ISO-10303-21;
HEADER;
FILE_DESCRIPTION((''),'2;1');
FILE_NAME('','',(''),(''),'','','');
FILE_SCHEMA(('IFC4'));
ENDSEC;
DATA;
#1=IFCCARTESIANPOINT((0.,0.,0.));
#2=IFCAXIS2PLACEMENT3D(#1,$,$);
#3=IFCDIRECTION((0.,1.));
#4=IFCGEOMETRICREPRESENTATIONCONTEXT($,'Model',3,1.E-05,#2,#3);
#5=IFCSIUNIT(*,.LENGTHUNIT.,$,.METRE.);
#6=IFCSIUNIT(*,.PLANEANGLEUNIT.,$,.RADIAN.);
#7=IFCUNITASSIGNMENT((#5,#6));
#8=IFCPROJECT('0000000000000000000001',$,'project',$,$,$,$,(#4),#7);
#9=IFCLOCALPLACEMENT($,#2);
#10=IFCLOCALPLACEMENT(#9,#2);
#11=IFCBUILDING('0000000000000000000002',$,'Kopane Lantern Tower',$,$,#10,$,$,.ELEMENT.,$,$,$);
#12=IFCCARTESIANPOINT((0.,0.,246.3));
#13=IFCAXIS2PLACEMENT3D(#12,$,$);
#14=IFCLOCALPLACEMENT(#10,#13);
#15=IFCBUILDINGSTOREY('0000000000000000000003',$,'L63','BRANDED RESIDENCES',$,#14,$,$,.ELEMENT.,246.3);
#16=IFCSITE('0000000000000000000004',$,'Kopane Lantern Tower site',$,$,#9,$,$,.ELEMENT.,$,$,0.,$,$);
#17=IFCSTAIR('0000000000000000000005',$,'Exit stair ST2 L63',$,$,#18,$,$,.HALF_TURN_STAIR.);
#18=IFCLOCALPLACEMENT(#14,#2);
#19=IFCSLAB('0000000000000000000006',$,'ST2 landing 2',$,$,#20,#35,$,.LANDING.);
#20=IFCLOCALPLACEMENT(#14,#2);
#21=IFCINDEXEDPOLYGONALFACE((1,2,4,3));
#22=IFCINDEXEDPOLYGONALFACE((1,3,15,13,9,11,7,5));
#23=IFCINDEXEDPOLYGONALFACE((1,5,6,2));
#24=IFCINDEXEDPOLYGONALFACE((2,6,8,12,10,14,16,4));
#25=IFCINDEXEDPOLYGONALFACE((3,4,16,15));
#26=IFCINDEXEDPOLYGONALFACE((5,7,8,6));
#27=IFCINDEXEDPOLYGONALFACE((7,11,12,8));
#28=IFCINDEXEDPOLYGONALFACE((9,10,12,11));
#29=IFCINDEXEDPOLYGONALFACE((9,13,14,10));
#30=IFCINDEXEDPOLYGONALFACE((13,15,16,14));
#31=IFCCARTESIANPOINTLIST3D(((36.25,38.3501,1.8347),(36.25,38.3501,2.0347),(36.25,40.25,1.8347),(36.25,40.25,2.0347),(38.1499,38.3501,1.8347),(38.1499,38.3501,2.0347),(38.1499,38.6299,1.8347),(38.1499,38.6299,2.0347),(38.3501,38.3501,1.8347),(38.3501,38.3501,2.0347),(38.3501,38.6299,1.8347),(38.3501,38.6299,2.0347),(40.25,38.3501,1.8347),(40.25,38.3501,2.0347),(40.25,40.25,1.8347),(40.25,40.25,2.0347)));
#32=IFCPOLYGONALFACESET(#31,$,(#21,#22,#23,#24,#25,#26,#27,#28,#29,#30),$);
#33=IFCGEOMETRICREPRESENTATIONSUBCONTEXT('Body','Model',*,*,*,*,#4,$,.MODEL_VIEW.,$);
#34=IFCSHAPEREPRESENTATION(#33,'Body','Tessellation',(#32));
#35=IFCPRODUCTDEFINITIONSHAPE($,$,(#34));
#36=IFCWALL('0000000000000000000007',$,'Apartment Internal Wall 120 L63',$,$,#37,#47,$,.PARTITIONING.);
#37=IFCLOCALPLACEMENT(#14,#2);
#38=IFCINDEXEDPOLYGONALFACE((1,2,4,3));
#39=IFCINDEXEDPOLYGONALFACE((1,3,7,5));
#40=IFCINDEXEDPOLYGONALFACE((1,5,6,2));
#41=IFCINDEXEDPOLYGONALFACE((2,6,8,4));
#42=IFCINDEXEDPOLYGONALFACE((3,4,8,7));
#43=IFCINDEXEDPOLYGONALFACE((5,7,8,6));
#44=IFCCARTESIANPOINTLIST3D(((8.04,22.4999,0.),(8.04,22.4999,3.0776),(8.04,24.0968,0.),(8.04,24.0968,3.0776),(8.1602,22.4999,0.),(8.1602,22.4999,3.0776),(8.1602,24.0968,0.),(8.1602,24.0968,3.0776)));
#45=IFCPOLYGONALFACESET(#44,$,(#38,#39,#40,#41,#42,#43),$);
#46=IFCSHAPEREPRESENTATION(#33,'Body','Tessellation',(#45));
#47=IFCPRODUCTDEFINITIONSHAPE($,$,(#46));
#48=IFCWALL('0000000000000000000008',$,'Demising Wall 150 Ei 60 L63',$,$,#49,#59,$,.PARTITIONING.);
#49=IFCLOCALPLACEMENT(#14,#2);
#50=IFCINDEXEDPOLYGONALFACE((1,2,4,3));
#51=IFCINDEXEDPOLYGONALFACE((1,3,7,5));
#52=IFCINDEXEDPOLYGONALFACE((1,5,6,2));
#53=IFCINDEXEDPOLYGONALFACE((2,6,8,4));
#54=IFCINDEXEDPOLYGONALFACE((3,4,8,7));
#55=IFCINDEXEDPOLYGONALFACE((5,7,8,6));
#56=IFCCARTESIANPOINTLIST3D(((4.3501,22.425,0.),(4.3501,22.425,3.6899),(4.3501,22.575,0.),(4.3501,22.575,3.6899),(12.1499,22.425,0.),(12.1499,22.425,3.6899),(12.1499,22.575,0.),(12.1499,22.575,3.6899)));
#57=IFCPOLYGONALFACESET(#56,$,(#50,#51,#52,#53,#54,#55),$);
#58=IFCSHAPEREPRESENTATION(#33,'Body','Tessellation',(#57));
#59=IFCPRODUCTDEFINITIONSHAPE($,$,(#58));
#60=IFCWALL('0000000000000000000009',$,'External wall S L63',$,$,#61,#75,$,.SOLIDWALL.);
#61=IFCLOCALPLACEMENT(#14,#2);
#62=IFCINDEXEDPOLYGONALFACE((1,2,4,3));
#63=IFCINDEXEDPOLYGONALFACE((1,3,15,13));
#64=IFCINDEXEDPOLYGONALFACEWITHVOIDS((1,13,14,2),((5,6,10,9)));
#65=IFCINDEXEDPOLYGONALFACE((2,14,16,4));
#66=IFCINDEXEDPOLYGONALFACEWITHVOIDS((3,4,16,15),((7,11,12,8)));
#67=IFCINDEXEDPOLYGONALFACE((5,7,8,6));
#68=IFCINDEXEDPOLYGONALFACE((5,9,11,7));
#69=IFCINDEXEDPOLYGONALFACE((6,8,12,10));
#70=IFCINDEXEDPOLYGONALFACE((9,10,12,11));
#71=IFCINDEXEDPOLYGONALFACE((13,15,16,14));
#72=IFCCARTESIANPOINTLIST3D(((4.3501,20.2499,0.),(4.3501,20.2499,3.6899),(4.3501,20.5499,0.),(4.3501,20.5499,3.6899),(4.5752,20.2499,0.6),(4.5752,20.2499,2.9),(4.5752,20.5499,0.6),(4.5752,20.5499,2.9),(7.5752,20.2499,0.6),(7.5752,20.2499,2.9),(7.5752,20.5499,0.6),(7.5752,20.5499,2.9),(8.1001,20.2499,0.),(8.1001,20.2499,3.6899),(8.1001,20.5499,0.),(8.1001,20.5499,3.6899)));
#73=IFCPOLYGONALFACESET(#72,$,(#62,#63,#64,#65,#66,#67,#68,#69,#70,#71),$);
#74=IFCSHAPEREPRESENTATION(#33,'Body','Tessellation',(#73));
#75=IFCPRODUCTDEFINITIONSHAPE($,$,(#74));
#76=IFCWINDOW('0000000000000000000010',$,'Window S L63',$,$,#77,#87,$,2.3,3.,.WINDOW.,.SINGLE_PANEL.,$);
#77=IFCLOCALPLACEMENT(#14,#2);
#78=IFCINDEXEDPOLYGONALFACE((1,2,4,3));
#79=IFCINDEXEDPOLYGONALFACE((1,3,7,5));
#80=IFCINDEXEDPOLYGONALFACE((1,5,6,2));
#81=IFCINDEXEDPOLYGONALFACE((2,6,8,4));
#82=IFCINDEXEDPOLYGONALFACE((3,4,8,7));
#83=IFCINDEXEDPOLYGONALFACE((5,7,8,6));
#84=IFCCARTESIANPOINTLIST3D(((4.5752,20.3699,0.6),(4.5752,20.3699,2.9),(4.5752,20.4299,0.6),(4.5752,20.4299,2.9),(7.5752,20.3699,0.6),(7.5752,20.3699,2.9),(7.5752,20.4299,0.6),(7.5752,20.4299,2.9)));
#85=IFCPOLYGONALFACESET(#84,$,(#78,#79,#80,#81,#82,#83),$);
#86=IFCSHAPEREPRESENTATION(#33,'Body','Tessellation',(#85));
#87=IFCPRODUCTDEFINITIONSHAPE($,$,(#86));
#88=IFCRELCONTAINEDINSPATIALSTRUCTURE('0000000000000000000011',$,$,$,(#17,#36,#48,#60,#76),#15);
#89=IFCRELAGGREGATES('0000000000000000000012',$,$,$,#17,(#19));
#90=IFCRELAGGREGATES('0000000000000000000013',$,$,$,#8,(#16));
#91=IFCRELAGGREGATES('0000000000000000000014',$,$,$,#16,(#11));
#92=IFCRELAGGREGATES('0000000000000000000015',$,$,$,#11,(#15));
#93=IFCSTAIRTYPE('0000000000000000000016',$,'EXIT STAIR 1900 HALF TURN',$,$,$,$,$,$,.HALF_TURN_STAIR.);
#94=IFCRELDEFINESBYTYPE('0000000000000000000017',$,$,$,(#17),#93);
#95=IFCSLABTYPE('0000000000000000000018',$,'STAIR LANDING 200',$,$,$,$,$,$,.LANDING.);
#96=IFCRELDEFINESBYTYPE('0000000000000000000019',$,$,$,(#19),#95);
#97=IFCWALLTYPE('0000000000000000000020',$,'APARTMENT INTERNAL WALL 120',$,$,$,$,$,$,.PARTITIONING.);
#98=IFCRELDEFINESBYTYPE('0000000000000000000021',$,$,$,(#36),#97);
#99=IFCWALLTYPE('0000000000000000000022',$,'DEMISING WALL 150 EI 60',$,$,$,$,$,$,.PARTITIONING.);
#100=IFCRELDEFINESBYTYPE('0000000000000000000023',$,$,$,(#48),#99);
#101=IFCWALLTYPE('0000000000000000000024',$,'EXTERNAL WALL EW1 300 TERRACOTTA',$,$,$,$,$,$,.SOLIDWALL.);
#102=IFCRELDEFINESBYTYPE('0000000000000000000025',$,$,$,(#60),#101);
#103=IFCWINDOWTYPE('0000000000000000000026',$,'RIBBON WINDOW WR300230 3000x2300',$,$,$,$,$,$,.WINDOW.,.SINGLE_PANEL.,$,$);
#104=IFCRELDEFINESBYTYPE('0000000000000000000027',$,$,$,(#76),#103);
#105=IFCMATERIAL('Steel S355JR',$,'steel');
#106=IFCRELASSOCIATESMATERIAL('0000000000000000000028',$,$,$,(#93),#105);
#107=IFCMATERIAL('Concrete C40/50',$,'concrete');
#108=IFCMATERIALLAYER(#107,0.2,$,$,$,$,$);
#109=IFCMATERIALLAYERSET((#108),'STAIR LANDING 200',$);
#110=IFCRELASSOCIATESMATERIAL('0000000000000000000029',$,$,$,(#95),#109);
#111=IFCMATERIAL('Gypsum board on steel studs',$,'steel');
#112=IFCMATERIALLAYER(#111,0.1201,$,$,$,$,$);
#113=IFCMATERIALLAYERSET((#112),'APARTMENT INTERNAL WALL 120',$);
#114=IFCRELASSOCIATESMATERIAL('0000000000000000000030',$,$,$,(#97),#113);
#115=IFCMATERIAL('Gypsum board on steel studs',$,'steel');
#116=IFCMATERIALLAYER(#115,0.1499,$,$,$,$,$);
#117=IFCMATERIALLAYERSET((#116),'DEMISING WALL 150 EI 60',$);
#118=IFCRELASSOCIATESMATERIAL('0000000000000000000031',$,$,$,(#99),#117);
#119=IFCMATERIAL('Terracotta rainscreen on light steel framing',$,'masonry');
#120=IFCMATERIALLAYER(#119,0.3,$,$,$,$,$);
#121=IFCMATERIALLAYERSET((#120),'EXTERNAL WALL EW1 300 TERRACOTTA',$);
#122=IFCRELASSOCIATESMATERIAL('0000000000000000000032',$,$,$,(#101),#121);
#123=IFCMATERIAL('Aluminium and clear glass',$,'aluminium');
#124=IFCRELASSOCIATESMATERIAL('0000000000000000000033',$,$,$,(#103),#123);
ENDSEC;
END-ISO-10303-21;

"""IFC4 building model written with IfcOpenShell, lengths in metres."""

from ifc_helpers import new_model, si_unit, direction, frame, frame_2d, origin, place, context, subcontext, project, spatial, polyline, rectangle, outline, extrude, material, layer, layer_set, type_object, element, fill, aggregate, save


model = new_model("IFC4")

# Units and contexts
model_context = context("Model", 3, precision=1e-05, world=origin(), true_north=direction((0.0, 1.0)))
body_context = subcontext(model_context, "Body", "Model", "MODEL_VIEW")
ifc_project = project(units=[si_unit("LENGTHUNIT", "METRE"), si_unit("PLANEANGLEUNIT", "RADIAN")], contexts=[model_context])

# Site, building, storey
site_placement = place(None, origin())
site = spatial("IfcSite", under=ifc_project, at=site_placement, Name="Kopane Lantern Tower site", CompositionType="ELEMENT", RefElevation=0.0)
building_placement = place(site_placement, origin())
building = spatial("IfcBuilding", under=site, at=building_placement, Name="Kopane Lantern Tower", CompositionType="ELEMENT")
storey_placement = place(building_placement, frame((0.0, 0.0, 246.3)))
storey = spatial("IfcBuildingStorey", under=building, at=storey_placement, Name="L63", Description="BRANDED RESIDENCES", CompositionType="ELEMENT", Elevation=246.3)

# Stair, slab
ifc_material_1 = material(Name="Steel S355JR", Category="steel")
stair_type = type_object("IfcStairType", Name="EXIT STAIR 1900 HALF TURN", PredefinedType="HALF_TURN_STAIR", material=ifc_material_1)
ifc_material_2 = material(Name="Concrete C40/50", Category="concrete")
ifc_layer_1 = layer(ifc_material_2, 0.2)
ifc_layer_set_1 = layer_set([ifc_layer_1], Name="STAIR LANDING 200")
slab_type_1 = type_object("IfcSlabType", Name="STAIR LANDING 200", PredefinedType="LANDING", material=ifc_layer_set_1)
stair_1_placement = place(storey_placement, origin())
stair_1 = element("IfcStair", 1, at=stair_1_placement, inside=storey, type_object=stair_type, Name="Exit stair ST2 L63", PredefinedType="HALF_TURN_STAIR")
slab_1_placement = place(storey_placement, frame((0.0, 0.0, 1.8347)))
slab_1 = element("IfcSlab", 2, at=slab_1_placement, type_object=slab_type_1, Name="ST2 landing 2", PredefinedType="LANDING", context=body_context, shape_type="SweptSolid", body=[
    extrude(outline(polyline([(38.1499, 38.6299), (38.3501, 38.6299), (38.3501, 38.3501), (40.25, 38.3501), (40.25, 40.25), (36.25, 40.25), (36.25, 38.3501), (38.1499, 38.3501), (38.1499, 38.6299)])), origin(), (0.0, 0.0, 1.0), 0.2),
])
aggregate(stair_1, [slab_1])

# Walls
ifc_material_3 = material(Name="Gypsum board on steel studs", Category="steel")
ifc_layer_2 = layer(ifc_material_3, 0.1201)
ifc_layer_set_2 = layer_set([ifc_layer_2], Name="APARTMENT INTERNAL WALL 120")
wall_type_1 = type_object("IfcWallType", Name="APARTMENT INTERNAL WALL 120", PredefinedType="PARTITIONING", material=ifc_layer_set_2)
wall_1_placement = place(storey_placement, frame((8.1001, 22.5, 0.0), z_axis=(0.0, 0.0, 1.0), x_axis=(0.0, 1.0, 0.0)))
element("IfcWall", 3, at=wall_1_placement, inside=storey, type_object=wall_type_1, Name="Apartment Internal Wall 120 L63", PredefinedType="PARTITIONING", context=body_context, shape_type="SweptSolid", body=[
    extrude(rectangle(XDim=1.5969, YDim=0.1201, at=frame_2d((0.7983, 0.0))), origin(), (0.0, 0.0, 1.0), 3.0776),
])
ifc_material_4 = material(Name="Gypsum board on steel studs", Category="steel")
ifc_layer_3 = layer(ifc_material_4, 0.1499)
ifc_layer_set_3 = layer_set([ifc_layer_3], Name="DEMISING WALL 150 EI 60")
wall_type_2 = type_object("IfcWallType", Name="DEMISING WALL 150 EI 60", PredefinedType="PARTITIONING", material=ifc_layer_set_3)
wall_2_placement = place(storey_placement, frame((4.3501, 22.5, 0.0), z_axis=(0.0, 0.0, 1.0), x_axis=(1.0, 0.0, 0.0)))
element("IfcWall", 4, at=wall_2_placement, inside=storey, type_object=wall_type_2, Name="Demising Wall 150 Ei 60 L63", PredefinedType="PARTITIONING", context=body_context, shape_type="SweptSolid", body=[
    extrude(rectangle(XDim=7.7998, YDim=0.1499, at=frame_2d((3.8999, 0.0))), origin(), (0.0, 0.0, 1.0), 3.6899),
])

# Wall, opening, window
ifc_material_5 = material(Name="Terracotta rainscreen on light steel framing", Category="masonry")
ifc_layer_4 = layer(ifc_material_5, 0.3)
ifc_layer_set_4 = layer_set([ifc_layer_4], Name="EXTERNAL WALL EW1 300 TERRACOTTA")
wall_type_3 = type_object("IfcWallType", Name="EXTERNAL WALL EW1 300 TERRACOTTA", PredefinedType="SOLIDWALL", material=ifc_layer_set_4)
wall_3_placement = place(storey_placement, frame((4.3501, 20.3999, 0.0), z_axis=(0.0, 0.0, 1.0), x_axis=(1.0, 0.0, 0.0)))
wall_3 = element("IfcWall", 5, at=wall_3_placement, inside=storey, type_object=wall_type_3, Name="External wall S L63", PredefinedType="SOLIDWALL", context=body_context, shape_type="SweptSolid", body=[
    extrude(rectangle(XDim=3.75, YDim=0.3, at=frame_2d((1.875, 0.0))), origin(), (0.0, 0.0, 1.0), 3.6899),
])
opening_placement = place(wall_3_placement, frame((0.2251, 0.0, 0.6001)))
opening = element("IfcOpeningElement", 6, at=opening_placement, cuts=wall_3, PredefinedType="OPENING", context=body_context, shape_type="SweptSolid", body=[
    extrude(rectangle(XDim=3.0, YDim=2.3, at=frame_2d((1.5, 1.1499))), frame((0.0, 0.1599, 0.0), z_axis=(0.0, -1.0, 0.0), x_axis=(1.0, 0.0, 0.0)), (0.0, 0.0, 1.0), 0.3201),
])
ifc_material_6 = material(Name="Aluminium and clear glass", Category="aluminium")
window_type = type_object("IfcWindowType", Name="RIBBON WINDOW WR300230 3000x2300", PartitioningType="SINGLE_PANEL", PredefinedType="WINDOW", material=ifc_material_6)
window_placement = place(opening_placement, origin())
window = element("IfcWindow", 7, at=window_placement, inside=storey, type_object=window_type, Name="Window S L63", OverallHeight=2.3, OverallWidth=3.0, PartitioningType="SINGLE_PANEL", PredefinedType="WINDOW", context=body_context, shape_type="SweptSolid", body=[
    extrude(rectangle(XDim=3.0, YDim=2.3, at=frame_2d((1.5, 1.1499))), frame((0.0, 0.03, 0.0), z_axis=(0.0, -1.0, 0.0), x_axis=(1.0, 0.0, 0.0)), (0.0, 0.0, 1.0), 0.0601),
])
fill(opening, window)

save(model, "model.ifc")
